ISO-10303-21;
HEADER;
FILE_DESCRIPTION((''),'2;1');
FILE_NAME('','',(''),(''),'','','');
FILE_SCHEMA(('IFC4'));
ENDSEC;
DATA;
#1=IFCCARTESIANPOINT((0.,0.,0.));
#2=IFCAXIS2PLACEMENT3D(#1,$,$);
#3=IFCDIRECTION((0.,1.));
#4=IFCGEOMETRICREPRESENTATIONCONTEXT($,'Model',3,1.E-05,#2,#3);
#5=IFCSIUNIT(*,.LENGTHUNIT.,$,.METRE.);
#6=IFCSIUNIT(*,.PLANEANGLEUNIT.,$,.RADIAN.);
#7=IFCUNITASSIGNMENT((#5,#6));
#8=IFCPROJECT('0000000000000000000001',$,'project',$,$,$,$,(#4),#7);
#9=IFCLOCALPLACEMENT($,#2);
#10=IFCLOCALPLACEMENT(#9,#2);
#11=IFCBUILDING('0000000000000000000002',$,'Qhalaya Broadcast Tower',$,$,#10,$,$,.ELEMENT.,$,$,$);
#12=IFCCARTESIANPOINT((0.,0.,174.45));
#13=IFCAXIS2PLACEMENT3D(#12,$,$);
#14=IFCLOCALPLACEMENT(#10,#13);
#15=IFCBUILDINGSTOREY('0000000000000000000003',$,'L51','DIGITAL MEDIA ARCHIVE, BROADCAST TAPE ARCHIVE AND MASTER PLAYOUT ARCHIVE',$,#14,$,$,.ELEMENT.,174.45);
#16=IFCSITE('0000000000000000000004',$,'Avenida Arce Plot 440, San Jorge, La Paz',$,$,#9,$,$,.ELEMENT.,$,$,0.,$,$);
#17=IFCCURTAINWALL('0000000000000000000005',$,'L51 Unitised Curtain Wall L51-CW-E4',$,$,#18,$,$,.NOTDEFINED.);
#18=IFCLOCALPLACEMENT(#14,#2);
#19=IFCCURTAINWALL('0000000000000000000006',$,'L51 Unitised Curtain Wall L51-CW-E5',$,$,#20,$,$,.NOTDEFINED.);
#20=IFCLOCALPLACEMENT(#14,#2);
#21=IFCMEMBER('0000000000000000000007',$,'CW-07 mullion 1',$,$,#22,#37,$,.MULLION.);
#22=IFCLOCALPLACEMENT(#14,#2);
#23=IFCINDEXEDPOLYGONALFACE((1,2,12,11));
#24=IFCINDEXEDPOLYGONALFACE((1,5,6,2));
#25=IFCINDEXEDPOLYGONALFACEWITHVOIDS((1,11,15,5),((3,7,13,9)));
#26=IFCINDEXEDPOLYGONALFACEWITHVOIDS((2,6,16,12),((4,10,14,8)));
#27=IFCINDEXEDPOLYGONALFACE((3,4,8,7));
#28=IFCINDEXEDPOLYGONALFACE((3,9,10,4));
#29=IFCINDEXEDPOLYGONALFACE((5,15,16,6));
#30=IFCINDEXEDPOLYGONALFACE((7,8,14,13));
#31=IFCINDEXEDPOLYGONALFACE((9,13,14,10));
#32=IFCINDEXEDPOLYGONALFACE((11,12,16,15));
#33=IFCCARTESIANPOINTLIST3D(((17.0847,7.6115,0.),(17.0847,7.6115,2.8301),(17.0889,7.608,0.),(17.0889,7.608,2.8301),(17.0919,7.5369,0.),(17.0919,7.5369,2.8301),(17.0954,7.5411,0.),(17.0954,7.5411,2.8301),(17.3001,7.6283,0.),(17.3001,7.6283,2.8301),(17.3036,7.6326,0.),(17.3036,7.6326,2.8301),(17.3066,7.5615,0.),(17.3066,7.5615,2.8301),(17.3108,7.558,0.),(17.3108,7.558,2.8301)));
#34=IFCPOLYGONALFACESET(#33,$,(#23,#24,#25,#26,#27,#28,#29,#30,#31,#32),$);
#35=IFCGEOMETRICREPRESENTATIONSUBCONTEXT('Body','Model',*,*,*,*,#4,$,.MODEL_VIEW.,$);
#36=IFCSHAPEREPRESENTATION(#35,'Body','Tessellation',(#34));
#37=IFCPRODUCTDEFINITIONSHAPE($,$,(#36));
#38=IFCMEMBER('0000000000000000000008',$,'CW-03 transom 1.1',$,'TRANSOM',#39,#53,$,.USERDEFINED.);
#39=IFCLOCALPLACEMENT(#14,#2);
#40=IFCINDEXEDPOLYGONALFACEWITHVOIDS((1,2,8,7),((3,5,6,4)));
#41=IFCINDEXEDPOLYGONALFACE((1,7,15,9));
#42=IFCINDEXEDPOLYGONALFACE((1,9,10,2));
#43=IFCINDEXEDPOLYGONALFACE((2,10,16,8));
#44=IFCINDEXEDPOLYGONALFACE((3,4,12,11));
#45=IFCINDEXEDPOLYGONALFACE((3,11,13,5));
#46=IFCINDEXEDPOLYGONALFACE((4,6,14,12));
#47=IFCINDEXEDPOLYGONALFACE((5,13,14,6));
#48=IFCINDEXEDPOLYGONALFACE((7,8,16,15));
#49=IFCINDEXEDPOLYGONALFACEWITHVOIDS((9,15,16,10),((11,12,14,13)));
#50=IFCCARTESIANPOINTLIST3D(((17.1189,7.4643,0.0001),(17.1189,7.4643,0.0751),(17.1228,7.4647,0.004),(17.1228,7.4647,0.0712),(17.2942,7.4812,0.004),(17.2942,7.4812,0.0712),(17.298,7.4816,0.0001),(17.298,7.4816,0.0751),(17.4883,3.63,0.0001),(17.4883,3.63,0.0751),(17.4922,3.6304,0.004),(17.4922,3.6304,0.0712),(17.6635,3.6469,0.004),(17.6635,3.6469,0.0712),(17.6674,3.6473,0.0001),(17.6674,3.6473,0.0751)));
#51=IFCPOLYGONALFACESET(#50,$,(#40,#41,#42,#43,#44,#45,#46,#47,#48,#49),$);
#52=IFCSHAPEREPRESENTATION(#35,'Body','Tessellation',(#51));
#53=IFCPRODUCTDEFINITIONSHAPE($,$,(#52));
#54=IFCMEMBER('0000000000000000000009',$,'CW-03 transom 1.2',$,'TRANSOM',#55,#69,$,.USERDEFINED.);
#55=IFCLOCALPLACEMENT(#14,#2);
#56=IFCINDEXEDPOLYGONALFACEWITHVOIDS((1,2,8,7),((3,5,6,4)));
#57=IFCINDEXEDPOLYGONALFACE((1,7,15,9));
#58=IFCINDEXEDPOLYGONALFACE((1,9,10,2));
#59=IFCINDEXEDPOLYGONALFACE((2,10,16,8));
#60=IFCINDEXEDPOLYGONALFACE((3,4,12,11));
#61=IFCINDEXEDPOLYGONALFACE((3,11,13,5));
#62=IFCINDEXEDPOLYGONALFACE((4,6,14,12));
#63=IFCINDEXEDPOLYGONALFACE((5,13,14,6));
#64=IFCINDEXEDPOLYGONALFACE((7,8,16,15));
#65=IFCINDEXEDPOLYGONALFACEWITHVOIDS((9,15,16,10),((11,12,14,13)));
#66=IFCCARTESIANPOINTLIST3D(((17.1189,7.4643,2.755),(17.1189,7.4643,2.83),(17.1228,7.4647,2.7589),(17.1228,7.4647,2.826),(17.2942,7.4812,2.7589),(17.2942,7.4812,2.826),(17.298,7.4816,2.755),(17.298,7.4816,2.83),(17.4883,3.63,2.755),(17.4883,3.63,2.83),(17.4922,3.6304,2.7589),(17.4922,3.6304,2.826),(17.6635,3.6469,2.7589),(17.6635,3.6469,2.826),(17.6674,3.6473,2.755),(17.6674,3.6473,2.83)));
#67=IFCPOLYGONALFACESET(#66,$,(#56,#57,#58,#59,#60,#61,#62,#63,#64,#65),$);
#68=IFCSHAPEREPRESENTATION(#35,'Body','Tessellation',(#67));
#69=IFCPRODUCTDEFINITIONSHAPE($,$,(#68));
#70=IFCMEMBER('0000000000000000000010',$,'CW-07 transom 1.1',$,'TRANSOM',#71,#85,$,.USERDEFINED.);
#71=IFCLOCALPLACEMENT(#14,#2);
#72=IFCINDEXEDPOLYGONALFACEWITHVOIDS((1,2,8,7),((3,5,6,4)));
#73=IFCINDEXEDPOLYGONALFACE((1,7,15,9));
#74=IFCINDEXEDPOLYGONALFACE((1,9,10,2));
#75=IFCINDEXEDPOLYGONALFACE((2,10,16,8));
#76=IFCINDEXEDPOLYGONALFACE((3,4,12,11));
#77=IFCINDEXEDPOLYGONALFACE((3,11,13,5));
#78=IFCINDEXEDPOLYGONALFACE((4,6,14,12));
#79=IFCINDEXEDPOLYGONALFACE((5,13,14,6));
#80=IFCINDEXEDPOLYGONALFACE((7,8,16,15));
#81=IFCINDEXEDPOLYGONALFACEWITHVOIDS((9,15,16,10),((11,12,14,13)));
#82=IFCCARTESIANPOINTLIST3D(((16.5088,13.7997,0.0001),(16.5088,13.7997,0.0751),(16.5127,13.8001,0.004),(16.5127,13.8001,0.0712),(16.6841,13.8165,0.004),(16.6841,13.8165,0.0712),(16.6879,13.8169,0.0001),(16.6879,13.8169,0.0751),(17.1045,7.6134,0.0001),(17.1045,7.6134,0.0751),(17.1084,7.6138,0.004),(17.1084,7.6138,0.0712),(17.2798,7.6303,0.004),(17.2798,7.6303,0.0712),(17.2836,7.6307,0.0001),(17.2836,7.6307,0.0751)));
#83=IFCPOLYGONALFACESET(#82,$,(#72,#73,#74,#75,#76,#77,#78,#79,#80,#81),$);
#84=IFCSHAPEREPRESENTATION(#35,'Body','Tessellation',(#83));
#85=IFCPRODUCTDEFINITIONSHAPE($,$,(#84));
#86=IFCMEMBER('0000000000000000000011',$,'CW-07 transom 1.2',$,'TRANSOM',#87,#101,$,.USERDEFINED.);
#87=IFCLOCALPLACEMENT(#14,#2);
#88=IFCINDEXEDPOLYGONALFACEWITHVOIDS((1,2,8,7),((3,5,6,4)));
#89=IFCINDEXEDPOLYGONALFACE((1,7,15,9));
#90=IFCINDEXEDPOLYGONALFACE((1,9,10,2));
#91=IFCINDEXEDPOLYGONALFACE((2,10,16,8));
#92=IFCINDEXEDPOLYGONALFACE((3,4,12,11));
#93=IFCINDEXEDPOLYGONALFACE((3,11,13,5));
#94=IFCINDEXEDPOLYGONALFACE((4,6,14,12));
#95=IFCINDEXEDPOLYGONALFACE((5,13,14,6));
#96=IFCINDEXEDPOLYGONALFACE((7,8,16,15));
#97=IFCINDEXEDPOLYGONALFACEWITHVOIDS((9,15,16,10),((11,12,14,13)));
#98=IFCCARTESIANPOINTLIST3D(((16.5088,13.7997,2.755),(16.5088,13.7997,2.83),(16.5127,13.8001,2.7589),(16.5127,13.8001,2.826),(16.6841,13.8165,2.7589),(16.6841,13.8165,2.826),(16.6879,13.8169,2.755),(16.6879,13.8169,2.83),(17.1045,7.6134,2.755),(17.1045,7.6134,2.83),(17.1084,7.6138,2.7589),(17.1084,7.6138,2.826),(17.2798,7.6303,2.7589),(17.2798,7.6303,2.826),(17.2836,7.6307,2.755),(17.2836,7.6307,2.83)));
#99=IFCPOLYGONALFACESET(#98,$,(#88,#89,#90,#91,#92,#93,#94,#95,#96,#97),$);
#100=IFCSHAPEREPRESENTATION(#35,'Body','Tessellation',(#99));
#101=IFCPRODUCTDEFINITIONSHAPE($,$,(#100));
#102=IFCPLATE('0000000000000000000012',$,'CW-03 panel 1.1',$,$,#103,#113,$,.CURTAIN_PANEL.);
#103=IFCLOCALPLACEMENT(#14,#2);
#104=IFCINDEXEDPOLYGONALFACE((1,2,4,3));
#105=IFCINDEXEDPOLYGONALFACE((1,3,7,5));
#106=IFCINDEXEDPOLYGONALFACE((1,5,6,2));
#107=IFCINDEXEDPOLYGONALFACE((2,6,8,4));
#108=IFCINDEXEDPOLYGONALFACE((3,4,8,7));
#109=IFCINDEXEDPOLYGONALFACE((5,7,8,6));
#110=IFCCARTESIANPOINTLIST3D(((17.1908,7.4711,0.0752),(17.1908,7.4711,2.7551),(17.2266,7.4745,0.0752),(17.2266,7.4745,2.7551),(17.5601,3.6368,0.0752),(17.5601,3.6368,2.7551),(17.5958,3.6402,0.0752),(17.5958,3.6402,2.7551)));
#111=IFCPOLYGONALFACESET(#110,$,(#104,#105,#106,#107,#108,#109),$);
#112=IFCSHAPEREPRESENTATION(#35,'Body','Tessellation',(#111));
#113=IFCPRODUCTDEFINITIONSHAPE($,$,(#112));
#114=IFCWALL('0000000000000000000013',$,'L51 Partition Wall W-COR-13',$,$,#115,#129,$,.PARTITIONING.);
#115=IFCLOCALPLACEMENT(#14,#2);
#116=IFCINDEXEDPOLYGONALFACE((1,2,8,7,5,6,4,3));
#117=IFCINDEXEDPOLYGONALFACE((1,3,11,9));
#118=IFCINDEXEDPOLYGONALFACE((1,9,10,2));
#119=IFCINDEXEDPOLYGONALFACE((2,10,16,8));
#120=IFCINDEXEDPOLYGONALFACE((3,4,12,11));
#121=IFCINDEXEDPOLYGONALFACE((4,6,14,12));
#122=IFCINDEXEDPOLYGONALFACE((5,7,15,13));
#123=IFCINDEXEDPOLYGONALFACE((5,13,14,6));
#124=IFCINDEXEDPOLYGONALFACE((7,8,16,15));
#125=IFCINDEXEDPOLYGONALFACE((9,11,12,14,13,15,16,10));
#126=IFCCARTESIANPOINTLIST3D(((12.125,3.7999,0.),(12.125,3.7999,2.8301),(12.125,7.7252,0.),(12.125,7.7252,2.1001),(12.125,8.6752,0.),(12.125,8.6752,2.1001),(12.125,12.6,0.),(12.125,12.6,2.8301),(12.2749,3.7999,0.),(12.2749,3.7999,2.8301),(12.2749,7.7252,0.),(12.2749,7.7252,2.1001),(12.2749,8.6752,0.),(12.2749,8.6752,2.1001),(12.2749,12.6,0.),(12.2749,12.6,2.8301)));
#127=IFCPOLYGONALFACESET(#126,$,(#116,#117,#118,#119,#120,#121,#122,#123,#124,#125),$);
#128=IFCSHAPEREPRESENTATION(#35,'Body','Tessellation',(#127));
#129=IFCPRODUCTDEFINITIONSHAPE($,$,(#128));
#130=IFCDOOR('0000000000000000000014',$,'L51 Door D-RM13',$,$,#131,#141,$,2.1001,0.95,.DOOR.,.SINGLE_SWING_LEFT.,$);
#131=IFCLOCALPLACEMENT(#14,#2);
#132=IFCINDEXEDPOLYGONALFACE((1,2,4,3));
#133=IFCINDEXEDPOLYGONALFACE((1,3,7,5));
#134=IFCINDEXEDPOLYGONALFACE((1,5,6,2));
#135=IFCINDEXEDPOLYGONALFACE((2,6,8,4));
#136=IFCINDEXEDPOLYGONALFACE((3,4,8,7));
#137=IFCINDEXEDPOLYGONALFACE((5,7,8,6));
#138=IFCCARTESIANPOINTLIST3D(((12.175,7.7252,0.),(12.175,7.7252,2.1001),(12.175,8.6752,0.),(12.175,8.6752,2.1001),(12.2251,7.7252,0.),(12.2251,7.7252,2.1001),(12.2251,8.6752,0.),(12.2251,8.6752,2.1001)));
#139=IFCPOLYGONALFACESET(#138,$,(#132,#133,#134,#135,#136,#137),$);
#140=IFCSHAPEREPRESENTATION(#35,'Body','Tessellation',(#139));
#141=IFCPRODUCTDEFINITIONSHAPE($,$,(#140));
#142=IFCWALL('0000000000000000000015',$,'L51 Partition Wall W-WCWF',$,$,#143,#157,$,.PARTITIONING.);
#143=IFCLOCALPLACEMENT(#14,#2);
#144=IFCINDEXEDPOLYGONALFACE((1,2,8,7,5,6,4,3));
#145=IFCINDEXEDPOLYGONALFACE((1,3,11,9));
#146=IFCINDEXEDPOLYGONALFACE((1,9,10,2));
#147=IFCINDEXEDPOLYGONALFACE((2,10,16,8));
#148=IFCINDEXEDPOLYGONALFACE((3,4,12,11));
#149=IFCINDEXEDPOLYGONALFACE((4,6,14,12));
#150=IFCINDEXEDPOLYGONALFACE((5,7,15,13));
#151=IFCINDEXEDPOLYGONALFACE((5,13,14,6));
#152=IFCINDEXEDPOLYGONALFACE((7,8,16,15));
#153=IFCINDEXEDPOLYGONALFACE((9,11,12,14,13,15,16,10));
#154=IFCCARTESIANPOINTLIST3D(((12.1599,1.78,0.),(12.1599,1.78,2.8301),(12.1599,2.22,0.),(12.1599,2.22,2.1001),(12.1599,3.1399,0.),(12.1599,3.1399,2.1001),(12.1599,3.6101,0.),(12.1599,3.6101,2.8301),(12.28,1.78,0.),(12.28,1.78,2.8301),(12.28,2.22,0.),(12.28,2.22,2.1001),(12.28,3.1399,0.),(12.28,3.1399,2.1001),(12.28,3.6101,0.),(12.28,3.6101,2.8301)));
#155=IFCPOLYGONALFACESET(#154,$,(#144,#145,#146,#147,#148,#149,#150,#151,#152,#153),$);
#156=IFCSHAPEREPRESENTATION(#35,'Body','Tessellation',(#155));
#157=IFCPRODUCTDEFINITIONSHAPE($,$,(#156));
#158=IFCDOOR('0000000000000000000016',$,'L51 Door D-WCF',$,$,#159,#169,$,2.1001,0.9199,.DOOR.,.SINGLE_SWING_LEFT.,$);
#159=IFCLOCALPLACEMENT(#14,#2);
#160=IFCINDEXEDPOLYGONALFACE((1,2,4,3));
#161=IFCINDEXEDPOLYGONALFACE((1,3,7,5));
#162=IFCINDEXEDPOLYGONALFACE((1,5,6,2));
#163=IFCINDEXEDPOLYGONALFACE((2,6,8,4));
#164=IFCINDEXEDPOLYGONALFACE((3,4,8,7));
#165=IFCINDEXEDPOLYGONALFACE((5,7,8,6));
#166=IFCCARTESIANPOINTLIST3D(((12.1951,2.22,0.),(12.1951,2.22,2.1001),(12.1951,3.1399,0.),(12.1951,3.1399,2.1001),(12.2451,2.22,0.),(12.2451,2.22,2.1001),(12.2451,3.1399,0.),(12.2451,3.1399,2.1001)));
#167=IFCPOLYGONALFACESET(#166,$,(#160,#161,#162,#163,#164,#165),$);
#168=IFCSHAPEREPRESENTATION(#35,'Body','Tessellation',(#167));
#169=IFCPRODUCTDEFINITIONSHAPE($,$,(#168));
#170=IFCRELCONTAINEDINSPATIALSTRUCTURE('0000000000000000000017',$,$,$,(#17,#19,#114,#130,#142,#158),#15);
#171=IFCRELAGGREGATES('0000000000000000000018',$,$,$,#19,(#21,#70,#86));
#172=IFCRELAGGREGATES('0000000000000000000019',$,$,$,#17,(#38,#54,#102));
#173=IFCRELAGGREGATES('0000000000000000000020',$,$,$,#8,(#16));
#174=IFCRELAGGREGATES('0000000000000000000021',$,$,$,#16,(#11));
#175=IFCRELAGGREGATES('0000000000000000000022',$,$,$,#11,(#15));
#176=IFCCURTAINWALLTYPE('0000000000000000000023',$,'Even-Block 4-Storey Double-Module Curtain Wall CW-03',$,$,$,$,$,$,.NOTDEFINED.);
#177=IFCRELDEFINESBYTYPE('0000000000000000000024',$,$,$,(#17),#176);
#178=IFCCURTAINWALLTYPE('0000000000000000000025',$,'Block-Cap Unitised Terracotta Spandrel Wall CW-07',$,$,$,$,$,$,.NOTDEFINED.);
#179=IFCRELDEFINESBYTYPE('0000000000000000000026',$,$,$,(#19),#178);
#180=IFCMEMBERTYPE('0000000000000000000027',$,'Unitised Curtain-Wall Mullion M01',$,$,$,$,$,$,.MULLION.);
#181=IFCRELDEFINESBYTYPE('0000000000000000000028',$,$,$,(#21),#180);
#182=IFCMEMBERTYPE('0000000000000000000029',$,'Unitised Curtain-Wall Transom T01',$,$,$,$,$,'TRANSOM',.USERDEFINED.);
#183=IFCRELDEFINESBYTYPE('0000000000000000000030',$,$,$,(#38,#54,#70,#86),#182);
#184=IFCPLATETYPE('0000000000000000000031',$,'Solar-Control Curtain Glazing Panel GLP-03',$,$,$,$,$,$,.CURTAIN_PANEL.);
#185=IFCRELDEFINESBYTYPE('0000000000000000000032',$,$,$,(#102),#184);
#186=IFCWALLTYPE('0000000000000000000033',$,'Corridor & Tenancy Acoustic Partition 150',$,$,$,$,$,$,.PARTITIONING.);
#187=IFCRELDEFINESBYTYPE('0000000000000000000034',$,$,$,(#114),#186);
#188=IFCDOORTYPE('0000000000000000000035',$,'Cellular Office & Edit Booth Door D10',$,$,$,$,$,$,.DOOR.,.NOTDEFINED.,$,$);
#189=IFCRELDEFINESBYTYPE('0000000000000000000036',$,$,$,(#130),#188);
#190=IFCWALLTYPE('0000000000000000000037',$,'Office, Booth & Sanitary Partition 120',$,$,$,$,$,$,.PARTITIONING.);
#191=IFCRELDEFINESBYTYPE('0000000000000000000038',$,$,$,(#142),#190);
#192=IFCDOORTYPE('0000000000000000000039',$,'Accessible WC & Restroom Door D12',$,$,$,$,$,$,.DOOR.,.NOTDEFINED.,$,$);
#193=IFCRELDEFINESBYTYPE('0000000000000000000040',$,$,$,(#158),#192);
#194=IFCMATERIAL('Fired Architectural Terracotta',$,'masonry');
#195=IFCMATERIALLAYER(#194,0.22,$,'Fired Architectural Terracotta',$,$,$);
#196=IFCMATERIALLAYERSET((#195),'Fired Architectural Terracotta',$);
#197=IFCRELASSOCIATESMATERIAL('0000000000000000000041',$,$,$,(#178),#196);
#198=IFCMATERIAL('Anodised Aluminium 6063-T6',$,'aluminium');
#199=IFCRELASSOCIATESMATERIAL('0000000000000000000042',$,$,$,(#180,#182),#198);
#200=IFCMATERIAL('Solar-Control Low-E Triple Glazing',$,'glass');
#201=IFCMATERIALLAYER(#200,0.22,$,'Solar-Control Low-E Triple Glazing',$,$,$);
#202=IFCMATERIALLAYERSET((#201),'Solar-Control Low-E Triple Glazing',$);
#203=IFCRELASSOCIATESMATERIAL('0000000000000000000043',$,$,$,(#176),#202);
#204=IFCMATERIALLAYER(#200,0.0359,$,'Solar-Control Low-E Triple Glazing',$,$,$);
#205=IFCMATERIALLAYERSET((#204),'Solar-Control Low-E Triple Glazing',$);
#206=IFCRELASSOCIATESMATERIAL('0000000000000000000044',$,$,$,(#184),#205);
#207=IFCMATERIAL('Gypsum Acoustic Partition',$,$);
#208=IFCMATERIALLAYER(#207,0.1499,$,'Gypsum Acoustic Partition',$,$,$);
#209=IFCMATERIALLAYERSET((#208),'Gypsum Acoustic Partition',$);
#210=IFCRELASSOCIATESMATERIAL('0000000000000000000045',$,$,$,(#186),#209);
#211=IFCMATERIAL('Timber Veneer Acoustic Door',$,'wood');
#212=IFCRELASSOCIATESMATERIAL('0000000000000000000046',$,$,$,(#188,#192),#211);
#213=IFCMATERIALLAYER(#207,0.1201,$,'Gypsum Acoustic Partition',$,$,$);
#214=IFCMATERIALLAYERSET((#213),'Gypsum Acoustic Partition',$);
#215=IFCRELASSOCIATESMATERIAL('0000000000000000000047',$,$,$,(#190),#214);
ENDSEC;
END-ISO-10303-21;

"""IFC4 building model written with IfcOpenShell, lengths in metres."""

from ifc_helpers import new_model, si_unit, direction, frame, frame_2d, origin, origin_2d, place, context, subcontext, project, spatial, rectangle, hollow_rectangle, extrude, material, layer, layer_set, material_profile, profile_set, type_object, element, fill, aggregate, save


model = new_model("IFC4")

# Units and contexts
model_context = context("Model", 3, precision=1e-05, world=origin(), true_north=direction((0.0, 1.0)))
body_context = subcontext(model_context, "Body", "Model", "MODEL_VIEW")
ifc_project = project(units=[si_unit("LENGTHUNIT", "METRE"), si_unit("PLANEANGLEUNIT", "RADIAN")], contexts=[model_context])

# Site, building, storey
site_placement = place(None, origin())
site = spatial("IfcSite", under=ifc_project, at=site_placement, Name="Avenida Arce Plot 440, San Jorge, La Paz", CompositionType="ELEMENT", RefElevation=0.0)
building_placement = place(site_placement, origin())
building = spatial("IfcBuilding", under=site, at=building_placement, Name="Qhalaya Broadcast Tower", CompositionType="ELEMENT")
storey_placement = place(building_placement, frame((0.0, 0.0, 174.45)))
storey = spatial("IfcBuildingStorey", under=building, at=storey_placement, Name="L51", Description="DIGITAL MEDIA ARCHIVE, BROADCAST TAPE ARCHIVE AND MASTER PLAYOUT ARCHIVE", CompositionType="ELEMENT", Elevation=174.45)

# Shared definitions
ifc_material_1 = material(Name="Fired Architectural Terracotta", Category="masonry")
ifc_layer_1 = layer(ifc_material_1, 0.22, Name="Fired Architectural Terracotta")
ifc_layer_set_1 = layer_set([ifc_layer_1], Name="Fired Architectural Terracotta")
curtain_wall_type_1 = type_object("IfcCurtainWallType", Name="Block-Cap Unitised Terracotta Spandrel Wall CW-07", PredefinedType="NOTDEFINED", material=ifc_layer_set_1)
ifc_material_2 = material(Name="Anodised Aluminium 6063-T6", Category="aluminium")
ifc_material_profile_1 = material_profile(ifc_material_2, hollow_rectangle(XDim=0.075, YDim=0.22, WallThickness=0.0039, at=origin_2d()), Name="ALU-MUL 75x220x4")
ifc_profile_set_1 = profile_set([ifc_material_profile_1], Name="Anodised Aluminium 6063-T6")
member_type_1 = type_object("IfcMemberType", Name="Unitised Curtain-Wall Mullion M01", PredefinedType="MULLION", material=ifc_profile_set_1)

# Curtain wall
ifc_material_3 = material(Name="Solar-Control Low-E Triple Glazing", Category="glass")
ifc_layer_2 = layer(ifc_material_3, 0.22, Name="Solar-Control Low-E Triple Glazing")
ifc_layer_set_2 = layer_set([ifc_layer_2], Name="Solar-Control Low-E Triple Glazing")
curtain_wall_type_2 = type_object("IfcCurtainWallType", Name="Even-Block 4-Storey Double-Module Curtain Wall CW-03", PredefinedType="NOTDEFINED", material=ifc_layer_set_2)
curtain_wall_1_placement = place(storey_placement, origin())
curtain_wall_1 = element("IfcCurtainWall", 1, at=curtain_wall_1_placement, inside=storey, type_object=curtain_wall_type_2, Name="L51 Unitised Curtain Wall L51-CW-E4", PredefinedType="NOTDEFINED")

# Curtain wall, member
curtain_wall_2_placement = place(storey_placement, origin())
curtain_wall_2 = element("IfcCurtainWall", 2, at=curtain_wall_2_placement, inside=storey, type_object=curtain_wall_type_1, Name="L51 Unitised Curtain Wall L51-CW-E5", PredefinedType="NOTDEFINED")
member_1_placement = place(storey_placement, frame((17.1978, 7.5847, 0.0), z_axis=(0.0, 0.0, 1.0), x_axis=(-0.095854, 0.995395, 0.0)))
member_1 = element("IfcMember", 3, at=member_1_placement, type_object=member_type_1, Name="CW-07 mullion 1", PredefinedType="MULLION", context=body_context, shape_type="SweptSolid", body=[
    extrude(hollow_rectangle(XDim=0.075, YDim=0.22, WallThickness=0.0039, at=origin_2d()), origin(), (0.0, 0.0, 1.0), 2.8301),
])

# Members
ifc_material_profile_2 = material_profile(ifc_material_2, hollow_rectangle(XDim=0.075, YDim=0.1799, WallThickness=0.0039, at=origin_2d()), Name="ALU-TRN 75x180x4")
ifc_profile_set_2 = profile_set([ifc_material_profile_2], Name="Anodised Aluminium 6063-T6")
member_type_2 = type_object("IfcMemberType", Name="Unitised Curtain-Wall Transom T01", ElementType="TRANSOM", PredefinedType="USERDEFINED", material=ifc_profile_set_2)
member_2_placement = place(storey_placement, frame((17.5779, 3.6387, 0.0376), z_axis=(-0.095895, 0.995391, 0.0), x_axis=(0.0, 0.0, 1.0)))
member_2 = element("IfcMember", 4, at=member_2_placement, type_object=member_type_2, Name="CW-03 transom 1.1", ObjectType="TRANSOM", PredefinedType="USERDEFINED", context=body_context, shape_type="SweptSolid", body=[
    extrude(hollow_rectangle(XDim=0.075, YDim=0.1799, WallThickness=0.0039, at=origin_2d()), origin(), (0.0, 0.0, 1.0), 3.8521),
])
member_3_placement = place(storey_placement, frame((17.5779, 3.6387, 2.7925), z_axis=(-0.095895, 0.995391, 0.0), x_axis=(0.0, 0.0, 1.0)))
member_3 = element("IfcMember", 5, at=member_3_placement, type_object=member_type_2, Name="CW-03 transom 1.2", ObjectType="TRANSOM", PredefinedType="USERDEFINED", context=body_context, shape_type="SweptSolid", body=[
    extrude(hollow_rectangle(XDim=0.075, YDim=0.1799, WallThickness=0.0039, at=origin_2d()), origin(), (0.0, 0.0, 1.0), 3.8521),
])
member_4_placement = place(storey_placement, frame((17.1941, 7.6221, 0.0376), z_axis=(-0.095851, 0.995396, 0.0), x_axis=(0.0, 0.0, 1.0)))
member_4 = element("IfcMember", 6, at=member_4_placement, type_object=member_type_2, Name="CW-07 transom 1.1", ObjectType="TRANSOM", PredefinedType="USERDEFINED", context=body_context, shape_type="SweptSolid", body=[
    extrude(hollow_rectangle(XDim=0.075, YDim=0.1799, WallThickness=0.0039, at=origin_2d()), origin(), (0.0, 0.0, 1.0), 6.2148),
])
member_5_placement = place(storey_placement, frame((17.1941, 7.6221, 2.7925), z_axis=(-0.095851, 0.995396, 0.0), x_axis=(0.0, 0.0, 1.0)))
member_5 = element("IfcMember", 7, at=member_5_placement, type_object=member_type_2, Name="CW-07 transom 1.2", ObjectType="TRANSOM", PredefinedType="USERDEFINED", context=body_context, shape_type="SweptSolid", body=[
    extrude(hollow_rectangle(XDim=0.075, YDim=0.1799, WallThickness=0.0039, at=origin_2d()), origin(), (0.0, 0.0, 1.0), 6.2148),
])
aggregate(curtain_wall_2, [member_1, member_4, member_5])

# Plate
ifc_layer_3 = layer(ifc_material_3, 0.0359, Name="Solar-Control Low-E Triple Glazing")
ifc_layer_set_3 = layer_set([ifc_layer_3], Name="Solar-Control Low-E Triple Glazing")
plate_type = type_object("IfcPlateType", Name="Solar-Control Curtain Glazing Panel GLP-03", PredefinedType="CURTAIN_PANEL", material=ifc_layer_set_3)
plate_placement = place(storey_placement, frame((17.3933, 5.5557, 0.0752), z_axis=(0.0, 0.0, 1.0), x_axis=(-0.095851, 0.995396, 0.0)))
plate = element("IfcPlate", 8, at=plate_placement, type_object=plate_type, Name="CW-03 panel 1.1", PredefinedType="CURTAIN_PANEL", context=body_context, shape_type="SweptSolid", body=[
    extrude(rectangle(XDim=3.8521, YDim=0.0359, at=origin_2d()), origin(), (0.0, 0.0, 1.0), 2.6799),
])
aggregate(curtain_wall_1, [member_2, member_3, plate])

# Walls, openings, doors
ifc_material_4 = material(Name="Gypsum Acoustic Partition")
ifc_layer_4 = layer(ifc_material_4, 0.1499, Name="Gypsum Acoustic Partition")
ifc_layer_set_4 = layer_set([ifc_layer_4], Name="Gypsum Acoustic Partition")
wall_type_1 = type_object("IfcWallType", Name="Corridor & Tenancy Acoustic Partition 150", PredefinedType="PARTITIONING", material=ifc_layer_set_4)
wall_1_placement = place(storey_placement, frame((12.2, 3.8, 0.0), z_axis=(0.0, 0.0, 1.0), x_axis=(0.0, 1.0, 0.0)))
wall_1 = element("IfcWall", 9, at=wall_1_placement, inside=storey, type_object=wall_type_1, Name="L51 Partition Wall W-COR-13", PredefinedType="PARTITIONING", context=body_context, shape_type="SweptSolid", body=[
    extrude(rectangle(XDim=8.8, YDim=0.1499, at=frame_2d((4.3999, 0.0))), origin(), (0.0, 0.0, 1.0), 2.8301),
])
opening_1_placement = place(wall_1_placement, frame((3.925, 0.0, 0.0)))
opening_1 = element("IfcOpeningElement", 10, at=opening_1_placement, cuts=wall_1, PredefinedType="OPENING", context=body_context, shape_type="SweptSolid", body=[
    extrude(rectangle(XDim=0.95, YDim=2.1001, at=frame_2d((0.4751, 1.05))), frame((0.0, 0.0869, 0.0), z_axis=(0.0, -1.0, 0.0), x_axis=(1.0, 0.0, 0.0)), (0.0, 0.0, 1.0), 0.1738),
])
ifc_material_5 = material(Name="Timber Veneer Acoustic Door", Category="wood")
door_type_1 = type_object("IfcDoorType", Name="Cellular Office & Edit Booth Door D10", OperationType="NOTDEFINED", PredefinedType="DOOR", material=ifc_material_5)
door_1_placement = place(opening_1_placement, origin())
door_1 = element("IfcDoor", 11, at=door_1_placement, inside=storey, type_object=door_type_1, Name="L51 Door D-RM13", OperationType="SINGLE_SWING_LEFT", OverallHeight=2.1001, OverallWidth=0.95, PredefinedType="DOOR", context=body_context, shape_type="SweptSolid", body=[
    extrude(rectangle(XDim=0.95, YDim=2.1001, at=frame_2d((0.4751, 1.05))), frame((0.0, 0.0249, 0.0), z_axis=(0.0, -1.0, 0.0), x_axis=(1.0, 0.0, 0.0)), (0.0, 0.0, 1.0), 0.05),
])
fill(opening_1, door_1)
ifc_layer_5 = layer(ifc_material_4, 0.1201, Name="Gypsum Acoustic Partition")
ifc_layer_set_5 = layer_set([ifc_layer_5], Name="Gypsum Acoustic Partition")
wall_type_2 = type_object("IfcWallType", Name="Office, Booth & Sanitary Partition 120", PredefinedType="PARTITIONING", material=ifc_layer_set_5)
wall_2_placement = place(storey_placement, frame((12.22, 1.78, 0.0), z_axis=(0.0, 0.0, 1.0), x_axis=(0.0, 1.0, 0.0)))
wall_2 = element("IfcWall", 12, at=wall_2_placement, inside=storey, type_object=wall_type_2, Name="L51 Partition Wall W-WCWF", PredefinedType="PARTITIONING", context=body_context, shape_type="SweptSolid", body=[
    extrude(rectangle(XDim=1.8301, YDim=0.1201, at=frame_2d((0.915, 0.0))), origin(), (0.0, 0.0, 1.0), 2.8301),
])
opening_2_placement = place(wall_2_placement, frame((0.4399, 0.0, 0.0)))
opening_2 = element("IfcOpeningElement", 13, at=opening_2_placement, cuts=wall_2, PredefinedType="OPENING", context=body_context, shape_type="SweptSolid", body=[
    extrude(rectangle(XDim=0.9199, YDim=2.1001, at=frame_2d((0.46, 1.05))), frame((0.0, 0.072, 0.0), z_axis=(0.0, -1.0, 0.0), x_axis=(1.0, 0.0, 0.0)), (0.0, 0.0, 1.0), 0.144),
])
door_type_2 = type_object("IfcDoorType", Name="Accessible WC & Restroom Door D12", OperationType="NOTDEFINED", PredefinedType="DOOR", material=ifc_material_5)
door_2_placement = place(opening_2_placement, origin())
door_2 = element("IfcDoor", 14, at=door_2_placement, inside=storey, type_object=door_type_2, Name="L51 Door D-WCF", OperationType="SINGLE_SWING_LEFT", OverallHeight=2.1001, OverallWidth=0.9199, PredefinedType="DOOR", context=body_context, shape_type="SweptSolid", body=[
    extrude(rectangle(XDim=0.9199, YDim=2.1001, at=frame_2d((0.46, 1.05))), frame((0.0, 0.0249, 0.0), z_axis=(0.0, -1.0, 0.0), x_axis=(1.0, 0.0, 0.0)), (0.0, 0.0, 1.0), 0.05),
])
fill(opening_2, door_2)

save(model, "model.ifc")
